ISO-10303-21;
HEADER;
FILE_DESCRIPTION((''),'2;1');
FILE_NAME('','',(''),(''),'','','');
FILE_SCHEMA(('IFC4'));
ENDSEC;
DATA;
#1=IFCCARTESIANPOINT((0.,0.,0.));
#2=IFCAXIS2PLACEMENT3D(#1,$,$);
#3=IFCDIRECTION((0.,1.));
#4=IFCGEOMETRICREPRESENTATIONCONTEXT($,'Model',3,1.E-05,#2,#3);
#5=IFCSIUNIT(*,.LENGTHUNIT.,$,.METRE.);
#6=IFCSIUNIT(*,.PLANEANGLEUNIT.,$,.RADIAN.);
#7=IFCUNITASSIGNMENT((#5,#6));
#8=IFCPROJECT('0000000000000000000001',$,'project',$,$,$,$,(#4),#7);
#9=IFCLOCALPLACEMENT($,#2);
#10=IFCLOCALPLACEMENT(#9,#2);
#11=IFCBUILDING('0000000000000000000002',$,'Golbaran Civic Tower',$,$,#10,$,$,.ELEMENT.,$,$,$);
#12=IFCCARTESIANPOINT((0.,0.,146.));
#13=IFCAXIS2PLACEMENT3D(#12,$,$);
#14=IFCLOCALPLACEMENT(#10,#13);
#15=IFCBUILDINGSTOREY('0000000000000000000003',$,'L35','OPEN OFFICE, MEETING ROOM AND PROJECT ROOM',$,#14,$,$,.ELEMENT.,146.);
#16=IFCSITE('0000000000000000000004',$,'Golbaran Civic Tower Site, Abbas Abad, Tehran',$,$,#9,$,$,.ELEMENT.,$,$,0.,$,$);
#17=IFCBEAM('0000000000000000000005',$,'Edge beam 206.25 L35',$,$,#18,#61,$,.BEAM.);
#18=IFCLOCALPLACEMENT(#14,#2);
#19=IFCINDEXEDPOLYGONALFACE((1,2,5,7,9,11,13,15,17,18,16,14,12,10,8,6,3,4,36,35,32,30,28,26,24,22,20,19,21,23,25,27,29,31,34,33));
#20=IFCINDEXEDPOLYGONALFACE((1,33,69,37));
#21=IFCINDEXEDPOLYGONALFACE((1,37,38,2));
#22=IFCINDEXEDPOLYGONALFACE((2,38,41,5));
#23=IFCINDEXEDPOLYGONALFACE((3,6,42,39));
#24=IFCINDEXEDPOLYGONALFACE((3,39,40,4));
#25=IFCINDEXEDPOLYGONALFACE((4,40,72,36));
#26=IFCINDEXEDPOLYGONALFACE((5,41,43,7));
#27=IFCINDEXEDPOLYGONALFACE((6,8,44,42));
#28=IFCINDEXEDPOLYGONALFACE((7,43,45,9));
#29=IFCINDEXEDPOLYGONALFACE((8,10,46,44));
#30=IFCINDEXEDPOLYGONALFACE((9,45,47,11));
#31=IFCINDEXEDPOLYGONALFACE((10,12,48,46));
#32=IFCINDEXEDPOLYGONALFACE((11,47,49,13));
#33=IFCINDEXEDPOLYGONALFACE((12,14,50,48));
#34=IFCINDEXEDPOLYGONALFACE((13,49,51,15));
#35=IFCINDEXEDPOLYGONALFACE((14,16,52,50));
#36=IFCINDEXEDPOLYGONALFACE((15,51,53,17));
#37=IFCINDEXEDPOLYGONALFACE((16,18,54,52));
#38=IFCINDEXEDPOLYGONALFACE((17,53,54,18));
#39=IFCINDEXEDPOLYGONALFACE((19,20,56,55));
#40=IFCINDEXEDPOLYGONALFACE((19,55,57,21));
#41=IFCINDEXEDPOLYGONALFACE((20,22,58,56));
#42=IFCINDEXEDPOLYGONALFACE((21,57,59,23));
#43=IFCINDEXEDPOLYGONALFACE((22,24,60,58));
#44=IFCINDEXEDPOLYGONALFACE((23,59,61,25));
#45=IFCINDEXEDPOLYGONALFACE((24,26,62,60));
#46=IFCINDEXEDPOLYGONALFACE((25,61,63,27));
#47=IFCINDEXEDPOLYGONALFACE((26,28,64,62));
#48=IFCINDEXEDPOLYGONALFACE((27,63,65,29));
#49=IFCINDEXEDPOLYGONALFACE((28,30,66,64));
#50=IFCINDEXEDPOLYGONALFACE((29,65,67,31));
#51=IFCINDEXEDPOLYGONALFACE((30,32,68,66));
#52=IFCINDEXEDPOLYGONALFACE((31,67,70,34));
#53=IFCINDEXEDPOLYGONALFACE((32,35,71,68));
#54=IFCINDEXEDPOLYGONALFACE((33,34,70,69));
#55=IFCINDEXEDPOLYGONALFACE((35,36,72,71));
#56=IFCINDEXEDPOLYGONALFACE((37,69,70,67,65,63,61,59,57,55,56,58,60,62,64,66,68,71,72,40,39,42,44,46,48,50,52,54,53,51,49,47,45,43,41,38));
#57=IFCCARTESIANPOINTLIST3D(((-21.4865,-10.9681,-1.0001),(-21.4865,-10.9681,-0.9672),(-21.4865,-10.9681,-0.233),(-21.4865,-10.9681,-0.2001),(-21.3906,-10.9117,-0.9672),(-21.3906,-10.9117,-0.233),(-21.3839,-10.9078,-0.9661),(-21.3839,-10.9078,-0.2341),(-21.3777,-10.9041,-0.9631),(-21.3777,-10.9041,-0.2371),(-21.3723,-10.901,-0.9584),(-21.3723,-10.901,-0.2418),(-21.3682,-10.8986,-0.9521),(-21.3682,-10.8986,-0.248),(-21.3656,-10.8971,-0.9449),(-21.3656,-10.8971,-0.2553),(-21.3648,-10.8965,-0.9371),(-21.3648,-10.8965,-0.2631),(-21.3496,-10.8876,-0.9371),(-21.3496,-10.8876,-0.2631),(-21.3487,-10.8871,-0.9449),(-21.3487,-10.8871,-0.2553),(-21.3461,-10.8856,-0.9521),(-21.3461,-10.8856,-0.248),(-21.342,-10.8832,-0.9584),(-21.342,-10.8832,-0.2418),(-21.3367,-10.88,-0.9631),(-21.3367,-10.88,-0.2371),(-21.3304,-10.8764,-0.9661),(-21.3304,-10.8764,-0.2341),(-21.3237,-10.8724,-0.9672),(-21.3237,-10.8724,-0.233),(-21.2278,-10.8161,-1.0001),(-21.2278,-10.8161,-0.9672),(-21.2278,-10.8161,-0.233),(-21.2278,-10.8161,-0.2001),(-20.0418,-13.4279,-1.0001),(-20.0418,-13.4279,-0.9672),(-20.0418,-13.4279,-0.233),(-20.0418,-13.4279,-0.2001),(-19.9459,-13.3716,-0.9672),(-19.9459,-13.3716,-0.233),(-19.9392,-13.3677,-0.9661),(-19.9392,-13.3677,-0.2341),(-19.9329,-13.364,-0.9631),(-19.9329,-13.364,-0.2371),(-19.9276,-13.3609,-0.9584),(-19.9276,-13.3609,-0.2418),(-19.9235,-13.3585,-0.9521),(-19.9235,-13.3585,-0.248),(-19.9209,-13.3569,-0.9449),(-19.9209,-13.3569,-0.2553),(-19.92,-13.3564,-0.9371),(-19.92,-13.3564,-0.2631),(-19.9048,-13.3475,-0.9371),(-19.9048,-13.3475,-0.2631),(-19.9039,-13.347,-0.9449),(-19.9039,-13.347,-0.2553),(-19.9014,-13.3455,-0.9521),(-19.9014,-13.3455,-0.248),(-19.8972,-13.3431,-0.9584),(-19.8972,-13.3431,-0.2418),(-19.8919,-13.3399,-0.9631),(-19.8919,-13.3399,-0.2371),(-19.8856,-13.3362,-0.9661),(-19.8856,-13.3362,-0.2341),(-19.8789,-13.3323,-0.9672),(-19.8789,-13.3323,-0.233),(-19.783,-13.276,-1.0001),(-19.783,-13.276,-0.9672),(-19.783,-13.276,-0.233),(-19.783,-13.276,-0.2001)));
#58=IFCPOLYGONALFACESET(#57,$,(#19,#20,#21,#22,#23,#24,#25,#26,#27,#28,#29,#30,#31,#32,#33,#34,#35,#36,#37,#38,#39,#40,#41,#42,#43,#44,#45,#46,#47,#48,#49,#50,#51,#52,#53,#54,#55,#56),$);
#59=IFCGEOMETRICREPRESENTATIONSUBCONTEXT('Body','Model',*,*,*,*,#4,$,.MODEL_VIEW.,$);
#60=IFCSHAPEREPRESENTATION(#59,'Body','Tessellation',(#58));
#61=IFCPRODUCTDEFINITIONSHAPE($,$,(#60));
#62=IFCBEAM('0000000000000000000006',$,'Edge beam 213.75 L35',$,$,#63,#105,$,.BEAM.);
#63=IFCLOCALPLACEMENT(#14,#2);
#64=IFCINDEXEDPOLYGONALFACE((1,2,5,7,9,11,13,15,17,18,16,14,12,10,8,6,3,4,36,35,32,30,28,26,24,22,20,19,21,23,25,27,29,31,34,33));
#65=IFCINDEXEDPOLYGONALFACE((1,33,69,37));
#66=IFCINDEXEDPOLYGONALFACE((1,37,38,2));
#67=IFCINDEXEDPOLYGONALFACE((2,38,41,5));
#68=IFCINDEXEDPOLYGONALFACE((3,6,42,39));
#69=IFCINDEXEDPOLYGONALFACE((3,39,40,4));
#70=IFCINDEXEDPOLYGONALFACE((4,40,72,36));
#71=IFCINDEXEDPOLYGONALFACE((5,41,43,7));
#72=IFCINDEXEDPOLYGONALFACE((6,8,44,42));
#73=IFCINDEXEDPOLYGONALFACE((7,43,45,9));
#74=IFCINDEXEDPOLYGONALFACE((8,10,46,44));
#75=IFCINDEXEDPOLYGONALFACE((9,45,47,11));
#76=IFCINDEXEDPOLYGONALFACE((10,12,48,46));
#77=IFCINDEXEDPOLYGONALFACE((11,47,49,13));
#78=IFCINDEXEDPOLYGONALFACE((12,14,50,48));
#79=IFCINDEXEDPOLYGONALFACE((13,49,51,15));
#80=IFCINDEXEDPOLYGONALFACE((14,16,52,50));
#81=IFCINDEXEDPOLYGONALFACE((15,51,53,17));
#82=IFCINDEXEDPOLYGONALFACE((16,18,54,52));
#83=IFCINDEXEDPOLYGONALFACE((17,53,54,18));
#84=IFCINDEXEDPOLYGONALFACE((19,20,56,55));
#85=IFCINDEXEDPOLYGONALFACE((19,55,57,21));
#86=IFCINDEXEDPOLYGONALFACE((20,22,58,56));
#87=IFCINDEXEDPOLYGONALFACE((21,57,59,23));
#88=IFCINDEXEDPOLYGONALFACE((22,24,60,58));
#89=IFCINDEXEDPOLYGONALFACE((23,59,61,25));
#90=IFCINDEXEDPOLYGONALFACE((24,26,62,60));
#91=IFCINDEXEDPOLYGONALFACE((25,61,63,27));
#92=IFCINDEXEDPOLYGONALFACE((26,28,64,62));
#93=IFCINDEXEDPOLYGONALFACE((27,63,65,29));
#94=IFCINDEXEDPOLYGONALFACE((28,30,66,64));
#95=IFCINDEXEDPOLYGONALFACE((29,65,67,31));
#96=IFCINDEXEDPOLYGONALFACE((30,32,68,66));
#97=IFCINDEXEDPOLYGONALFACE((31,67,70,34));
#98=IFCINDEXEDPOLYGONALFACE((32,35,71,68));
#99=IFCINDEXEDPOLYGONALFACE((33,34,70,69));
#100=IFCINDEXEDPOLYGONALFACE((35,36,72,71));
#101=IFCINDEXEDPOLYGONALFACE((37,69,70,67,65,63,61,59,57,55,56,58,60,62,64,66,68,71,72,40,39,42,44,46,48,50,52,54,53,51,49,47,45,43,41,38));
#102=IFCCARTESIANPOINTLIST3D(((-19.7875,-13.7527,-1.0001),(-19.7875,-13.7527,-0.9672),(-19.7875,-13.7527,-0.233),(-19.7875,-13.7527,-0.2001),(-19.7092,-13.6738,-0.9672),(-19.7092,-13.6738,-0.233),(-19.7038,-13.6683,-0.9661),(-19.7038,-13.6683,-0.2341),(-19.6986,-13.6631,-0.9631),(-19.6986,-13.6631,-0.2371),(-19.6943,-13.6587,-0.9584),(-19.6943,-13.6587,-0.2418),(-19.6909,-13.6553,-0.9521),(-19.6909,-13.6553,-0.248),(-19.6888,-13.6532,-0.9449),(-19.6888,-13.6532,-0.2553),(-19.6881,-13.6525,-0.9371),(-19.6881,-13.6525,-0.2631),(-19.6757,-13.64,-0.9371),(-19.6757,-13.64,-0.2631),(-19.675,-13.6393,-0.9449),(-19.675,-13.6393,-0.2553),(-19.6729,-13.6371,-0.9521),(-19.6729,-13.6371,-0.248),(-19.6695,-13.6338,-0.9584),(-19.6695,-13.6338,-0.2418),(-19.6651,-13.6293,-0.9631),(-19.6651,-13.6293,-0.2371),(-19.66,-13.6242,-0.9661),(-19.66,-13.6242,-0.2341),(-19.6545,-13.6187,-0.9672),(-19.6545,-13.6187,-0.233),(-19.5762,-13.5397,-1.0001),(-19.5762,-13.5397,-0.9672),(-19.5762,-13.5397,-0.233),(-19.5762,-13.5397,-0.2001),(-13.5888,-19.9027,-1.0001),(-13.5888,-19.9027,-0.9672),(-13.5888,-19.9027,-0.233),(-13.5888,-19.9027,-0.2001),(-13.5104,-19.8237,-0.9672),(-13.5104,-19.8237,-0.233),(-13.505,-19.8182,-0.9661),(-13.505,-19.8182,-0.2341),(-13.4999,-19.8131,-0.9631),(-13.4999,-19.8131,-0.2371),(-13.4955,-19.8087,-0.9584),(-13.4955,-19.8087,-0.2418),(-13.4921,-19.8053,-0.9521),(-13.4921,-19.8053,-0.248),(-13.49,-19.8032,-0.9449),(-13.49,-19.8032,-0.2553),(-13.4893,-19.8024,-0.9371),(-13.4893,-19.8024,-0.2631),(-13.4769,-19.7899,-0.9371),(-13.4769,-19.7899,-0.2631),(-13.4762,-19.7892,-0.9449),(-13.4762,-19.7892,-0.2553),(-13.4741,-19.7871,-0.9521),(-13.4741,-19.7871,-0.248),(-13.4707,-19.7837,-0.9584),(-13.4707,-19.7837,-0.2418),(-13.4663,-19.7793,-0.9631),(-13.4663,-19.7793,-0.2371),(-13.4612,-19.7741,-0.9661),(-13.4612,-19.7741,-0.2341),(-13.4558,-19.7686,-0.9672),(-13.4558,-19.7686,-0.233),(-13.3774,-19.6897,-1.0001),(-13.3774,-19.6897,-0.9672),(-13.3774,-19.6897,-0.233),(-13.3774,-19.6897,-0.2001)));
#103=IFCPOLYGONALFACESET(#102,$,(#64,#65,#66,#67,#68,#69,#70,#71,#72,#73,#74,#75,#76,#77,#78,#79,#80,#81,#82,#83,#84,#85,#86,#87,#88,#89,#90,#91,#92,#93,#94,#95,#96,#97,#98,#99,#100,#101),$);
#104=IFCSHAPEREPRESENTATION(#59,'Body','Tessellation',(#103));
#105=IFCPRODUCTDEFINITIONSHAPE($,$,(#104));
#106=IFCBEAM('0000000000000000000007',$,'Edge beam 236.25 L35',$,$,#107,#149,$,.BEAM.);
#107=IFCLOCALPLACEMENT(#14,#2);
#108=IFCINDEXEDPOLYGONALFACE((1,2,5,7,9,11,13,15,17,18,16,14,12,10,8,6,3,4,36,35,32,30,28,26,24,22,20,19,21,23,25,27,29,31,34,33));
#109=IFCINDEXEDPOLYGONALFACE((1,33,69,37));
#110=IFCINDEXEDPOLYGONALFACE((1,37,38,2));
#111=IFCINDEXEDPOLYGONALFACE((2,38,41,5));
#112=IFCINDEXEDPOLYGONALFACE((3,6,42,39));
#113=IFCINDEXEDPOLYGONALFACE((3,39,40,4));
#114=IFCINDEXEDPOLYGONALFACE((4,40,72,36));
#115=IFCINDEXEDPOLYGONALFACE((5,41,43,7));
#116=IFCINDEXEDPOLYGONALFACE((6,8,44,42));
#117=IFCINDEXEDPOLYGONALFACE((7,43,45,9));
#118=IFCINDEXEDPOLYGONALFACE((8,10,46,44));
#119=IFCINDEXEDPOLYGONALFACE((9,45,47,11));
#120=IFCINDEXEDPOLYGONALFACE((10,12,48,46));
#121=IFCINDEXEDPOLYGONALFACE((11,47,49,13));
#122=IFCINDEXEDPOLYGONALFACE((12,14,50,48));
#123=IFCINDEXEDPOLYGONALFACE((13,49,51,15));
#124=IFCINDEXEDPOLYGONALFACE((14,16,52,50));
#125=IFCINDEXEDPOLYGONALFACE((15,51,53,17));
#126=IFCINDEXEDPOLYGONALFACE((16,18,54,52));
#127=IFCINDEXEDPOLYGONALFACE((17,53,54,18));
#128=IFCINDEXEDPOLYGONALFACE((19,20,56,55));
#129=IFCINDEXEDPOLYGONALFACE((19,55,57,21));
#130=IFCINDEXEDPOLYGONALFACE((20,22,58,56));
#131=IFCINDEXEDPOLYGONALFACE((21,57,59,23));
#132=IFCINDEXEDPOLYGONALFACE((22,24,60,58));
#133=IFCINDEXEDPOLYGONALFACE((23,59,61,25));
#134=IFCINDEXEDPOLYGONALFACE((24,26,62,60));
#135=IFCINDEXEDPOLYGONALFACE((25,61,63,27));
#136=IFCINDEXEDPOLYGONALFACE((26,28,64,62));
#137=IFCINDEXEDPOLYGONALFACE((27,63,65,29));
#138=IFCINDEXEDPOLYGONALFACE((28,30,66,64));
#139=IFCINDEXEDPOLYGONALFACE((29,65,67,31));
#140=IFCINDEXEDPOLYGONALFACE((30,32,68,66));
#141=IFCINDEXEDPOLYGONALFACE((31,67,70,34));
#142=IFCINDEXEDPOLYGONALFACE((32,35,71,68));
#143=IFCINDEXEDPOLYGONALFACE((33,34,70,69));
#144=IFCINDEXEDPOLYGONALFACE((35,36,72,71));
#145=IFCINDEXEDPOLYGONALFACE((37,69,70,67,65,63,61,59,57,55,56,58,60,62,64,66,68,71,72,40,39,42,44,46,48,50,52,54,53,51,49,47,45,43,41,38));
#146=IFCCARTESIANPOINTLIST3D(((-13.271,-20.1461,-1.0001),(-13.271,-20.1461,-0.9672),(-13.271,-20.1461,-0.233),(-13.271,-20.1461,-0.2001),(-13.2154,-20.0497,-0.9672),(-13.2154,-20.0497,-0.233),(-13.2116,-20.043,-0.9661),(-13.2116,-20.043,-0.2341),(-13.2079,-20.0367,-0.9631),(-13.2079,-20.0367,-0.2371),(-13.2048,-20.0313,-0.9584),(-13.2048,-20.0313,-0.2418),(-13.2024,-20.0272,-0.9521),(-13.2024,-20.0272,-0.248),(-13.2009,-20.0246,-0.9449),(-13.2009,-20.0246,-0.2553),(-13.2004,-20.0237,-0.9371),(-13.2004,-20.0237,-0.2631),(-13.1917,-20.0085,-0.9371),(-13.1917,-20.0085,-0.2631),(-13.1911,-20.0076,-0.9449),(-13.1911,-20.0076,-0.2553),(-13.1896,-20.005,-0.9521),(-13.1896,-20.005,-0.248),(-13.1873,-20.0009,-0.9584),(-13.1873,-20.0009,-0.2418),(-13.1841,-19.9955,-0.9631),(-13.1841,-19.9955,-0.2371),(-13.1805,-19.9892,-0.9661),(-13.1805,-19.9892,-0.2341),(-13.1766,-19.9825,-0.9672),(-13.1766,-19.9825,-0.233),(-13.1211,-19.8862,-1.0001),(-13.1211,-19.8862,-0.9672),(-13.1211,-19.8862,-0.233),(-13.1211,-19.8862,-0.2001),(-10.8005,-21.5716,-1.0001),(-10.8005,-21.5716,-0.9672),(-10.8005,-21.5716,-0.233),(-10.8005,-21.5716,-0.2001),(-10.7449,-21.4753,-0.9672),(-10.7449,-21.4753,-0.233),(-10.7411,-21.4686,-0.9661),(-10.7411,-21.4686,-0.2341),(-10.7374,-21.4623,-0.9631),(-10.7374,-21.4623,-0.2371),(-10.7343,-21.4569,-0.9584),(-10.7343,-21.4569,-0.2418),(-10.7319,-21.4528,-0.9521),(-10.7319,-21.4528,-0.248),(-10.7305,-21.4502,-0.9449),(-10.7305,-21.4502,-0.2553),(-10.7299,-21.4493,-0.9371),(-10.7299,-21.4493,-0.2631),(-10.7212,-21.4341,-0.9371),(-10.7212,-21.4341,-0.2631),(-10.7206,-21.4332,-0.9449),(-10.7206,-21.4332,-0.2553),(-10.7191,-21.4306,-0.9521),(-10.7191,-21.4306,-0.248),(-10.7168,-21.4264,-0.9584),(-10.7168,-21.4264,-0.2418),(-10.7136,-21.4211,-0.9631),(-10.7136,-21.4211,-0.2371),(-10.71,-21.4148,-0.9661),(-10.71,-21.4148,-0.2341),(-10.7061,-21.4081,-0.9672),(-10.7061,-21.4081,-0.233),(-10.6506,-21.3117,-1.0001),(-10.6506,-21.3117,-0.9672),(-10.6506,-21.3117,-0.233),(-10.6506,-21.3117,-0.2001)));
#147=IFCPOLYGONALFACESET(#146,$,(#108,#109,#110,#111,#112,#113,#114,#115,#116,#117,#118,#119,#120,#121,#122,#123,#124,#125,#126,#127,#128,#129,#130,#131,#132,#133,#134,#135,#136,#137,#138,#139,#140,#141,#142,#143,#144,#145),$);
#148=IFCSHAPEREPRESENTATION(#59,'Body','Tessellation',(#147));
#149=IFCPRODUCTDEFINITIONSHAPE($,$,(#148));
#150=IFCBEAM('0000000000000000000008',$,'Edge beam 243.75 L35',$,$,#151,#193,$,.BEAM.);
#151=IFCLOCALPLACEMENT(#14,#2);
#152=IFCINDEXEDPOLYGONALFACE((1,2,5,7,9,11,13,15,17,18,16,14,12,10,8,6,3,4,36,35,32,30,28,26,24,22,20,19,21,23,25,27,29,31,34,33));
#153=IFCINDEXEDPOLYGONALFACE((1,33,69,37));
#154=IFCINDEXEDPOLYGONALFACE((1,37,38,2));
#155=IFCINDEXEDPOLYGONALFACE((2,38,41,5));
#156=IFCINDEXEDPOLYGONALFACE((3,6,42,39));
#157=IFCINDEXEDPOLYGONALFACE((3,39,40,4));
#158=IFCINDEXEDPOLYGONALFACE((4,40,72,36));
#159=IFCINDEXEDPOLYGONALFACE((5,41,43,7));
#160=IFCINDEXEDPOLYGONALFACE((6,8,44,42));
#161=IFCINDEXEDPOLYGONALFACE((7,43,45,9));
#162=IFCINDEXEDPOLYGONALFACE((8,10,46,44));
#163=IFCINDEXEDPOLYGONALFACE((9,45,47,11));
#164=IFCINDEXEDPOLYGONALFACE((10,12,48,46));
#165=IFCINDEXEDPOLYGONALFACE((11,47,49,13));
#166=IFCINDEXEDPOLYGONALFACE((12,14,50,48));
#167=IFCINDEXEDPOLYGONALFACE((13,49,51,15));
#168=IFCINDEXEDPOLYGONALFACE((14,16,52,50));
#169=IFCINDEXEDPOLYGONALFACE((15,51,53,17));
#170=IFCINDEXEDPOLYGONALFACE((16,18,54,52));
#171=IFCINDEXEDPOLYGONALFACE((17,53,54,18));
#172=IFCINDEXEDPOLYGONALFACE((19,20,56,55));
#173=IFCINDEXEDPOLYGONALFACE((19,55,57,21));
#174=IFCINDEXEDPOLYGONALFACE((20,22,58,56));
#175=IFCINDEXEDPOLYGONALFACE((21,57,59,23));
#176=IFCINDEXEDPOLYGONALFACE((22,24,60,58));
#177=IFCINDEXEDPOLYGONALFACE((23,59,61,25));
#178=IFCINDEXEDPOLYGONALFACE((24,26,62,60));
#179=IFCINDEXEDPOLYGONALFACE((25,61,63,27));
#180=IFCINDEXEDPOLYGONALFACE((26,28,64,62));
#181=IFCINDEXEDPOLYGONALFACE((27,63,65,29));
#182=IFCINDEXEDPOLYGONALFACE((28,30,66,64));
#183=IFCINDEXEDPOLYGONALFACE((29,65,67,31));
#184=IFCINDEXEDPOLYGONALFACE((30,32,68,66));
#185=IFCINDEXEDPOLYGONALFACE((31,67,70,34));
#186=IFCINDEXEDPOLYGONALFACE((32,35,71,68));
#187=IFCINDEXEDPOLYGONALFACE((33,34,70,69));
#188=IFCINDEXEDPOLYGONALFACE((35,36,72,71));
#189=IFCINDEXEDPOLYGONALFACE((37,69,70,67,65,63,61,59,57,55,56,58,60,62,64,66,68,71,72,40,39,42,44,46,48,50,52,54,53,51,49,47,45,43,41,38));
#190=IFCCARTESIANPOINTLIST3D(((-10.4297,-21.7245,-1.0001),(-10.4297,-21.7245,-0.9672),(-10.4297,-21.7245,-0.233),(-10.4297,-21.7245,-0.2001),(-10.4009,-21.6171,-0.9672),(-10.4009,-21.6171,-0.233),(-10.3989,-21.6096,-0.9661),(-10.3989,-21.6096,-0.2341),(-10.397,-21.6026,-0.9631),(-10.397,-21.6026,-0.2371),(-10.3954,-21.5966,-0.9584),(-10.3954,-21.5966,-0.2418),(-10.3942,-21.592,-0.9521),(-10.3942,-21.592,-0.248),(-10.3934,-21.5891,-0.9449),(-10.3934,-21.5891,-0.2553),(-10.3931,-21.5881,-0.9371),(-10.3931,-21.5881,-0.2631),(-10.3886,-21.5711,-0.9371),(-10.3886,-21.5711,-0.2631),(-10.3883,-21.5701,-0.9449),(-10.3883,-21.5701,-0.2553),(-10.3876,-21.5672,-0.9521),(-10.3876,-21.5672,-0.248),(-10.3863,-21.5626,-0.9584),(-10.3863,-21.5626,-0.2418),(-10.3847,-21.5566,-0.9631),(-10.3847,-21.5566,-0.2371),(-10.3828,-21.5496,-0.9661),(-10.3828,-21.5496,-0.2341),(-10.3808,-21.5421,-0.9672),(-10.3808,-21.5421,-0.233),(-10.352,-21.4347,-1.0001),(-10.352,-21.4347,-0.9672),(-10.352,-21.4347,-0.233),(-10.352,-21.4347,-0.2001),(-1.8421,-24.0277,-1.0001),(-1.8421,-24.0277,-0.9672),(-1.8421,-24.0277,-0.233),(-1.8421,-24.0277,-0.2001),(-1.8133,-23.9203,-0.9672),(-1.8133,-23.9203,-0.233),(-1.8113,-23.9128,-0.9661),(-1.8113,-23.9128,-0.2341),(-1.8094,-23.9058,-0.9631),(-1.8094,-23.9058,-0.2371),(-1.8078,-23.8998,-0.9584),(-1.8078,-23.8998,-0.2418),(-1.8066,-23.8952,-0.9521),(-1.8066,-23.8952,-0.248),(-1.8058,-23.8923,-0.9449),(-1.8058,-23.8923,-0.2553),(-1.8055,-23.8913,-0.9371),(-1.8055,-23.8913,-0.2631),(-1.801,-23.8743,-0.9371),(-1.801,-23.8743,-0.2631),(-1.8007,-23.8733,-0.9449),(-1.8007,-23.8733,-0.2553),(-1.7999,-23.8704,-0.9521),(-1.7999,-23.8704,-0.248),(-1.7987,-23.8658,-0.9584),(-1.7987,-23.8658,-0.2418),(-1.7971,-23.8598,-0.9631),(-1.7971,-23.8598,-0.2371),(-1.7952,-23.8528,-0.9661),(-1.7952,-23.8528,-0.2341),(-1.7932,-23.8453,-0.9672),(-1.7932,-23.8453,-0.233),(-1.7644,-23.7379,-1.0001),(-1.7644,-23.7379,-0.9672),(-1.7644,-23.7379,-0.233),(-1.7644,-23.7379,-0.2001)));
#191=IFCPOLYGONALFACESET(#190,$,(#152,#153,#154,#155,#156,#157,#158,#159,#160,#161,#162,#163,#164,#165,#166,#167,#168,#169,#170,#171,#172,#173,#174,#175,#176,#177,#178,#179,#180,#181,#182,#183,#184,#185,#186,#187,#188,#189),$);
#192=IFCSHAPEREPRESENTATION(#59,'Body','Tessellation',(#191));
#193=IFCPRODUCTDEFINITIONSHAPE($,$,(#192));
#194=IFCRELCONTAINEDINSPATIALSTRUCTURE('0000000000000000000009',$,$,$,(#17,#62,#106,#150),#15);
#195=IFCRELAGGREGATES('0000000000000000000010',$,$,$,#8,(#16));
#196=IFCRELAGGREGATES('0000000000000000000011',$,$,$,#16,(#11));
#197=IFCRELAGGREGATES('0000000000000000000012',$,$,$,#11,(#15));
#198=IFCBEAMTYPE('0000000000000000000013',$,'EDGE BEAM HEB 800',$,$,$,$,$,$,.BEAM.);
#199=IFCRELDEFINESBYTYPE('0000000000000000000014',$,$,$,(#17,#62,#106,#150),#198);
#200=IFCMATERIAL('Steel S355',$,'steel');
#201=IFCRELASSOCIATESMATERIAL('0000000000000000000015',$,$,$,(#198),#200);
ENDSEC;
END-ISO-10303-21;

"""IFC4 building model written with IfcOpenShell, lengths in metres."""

from ifc_helpers import new_model, si_unit, direction, frame, origin, origin_2d, place, context, subcontext, project, spatial, i_section, extrude, material, material_profile, profile_set, type_object, element, save


model = new_model("IFC4")

# Units and contexts
model_context = context("Model", 3, precision=1e-05, world=origin(), true_north=direction((0.0, 1.0)))
body_context = subcontext(model_context, "Body", "Model", "MODEL_VIEW")
ifc_project = project(units=[si_unit("LENGTHUNIT", "METRE"), si_unit("PLANEANGLEUNIT", "RADIAN")], contexts=[model_context])

# Site, building, storey
site_placement = place(None, origin())
site = spatial("IfcSite", under=ifc_project, at=site_placement, Name="Golbaran Civic Tower Site, Abbas Abad, Tehran", CompositionType="ELEMENT", RefElevation=0.0)
building_placement = place(site_placement, origin())
building = spatial("IfcBuilding", under=site, at=building_placement, Name="Golbaran Civic Tower", CompositionType="ELEMENT")
storey_placement = place(building_placement, frame((0.0, 0.0, 146.0)))
storey = spatial("IfcBuildingStorey", under=building, at=storey_placement, Name="L35", Description="OPEN OFFICE, MEETING ROOM AND PROJECT ROOM", CompositionType="ELEMENT", Elevation=146.0)

# Beams
ifc_material_1 = material(Name="Steel S355", Category="steel")
ifc_material_profile_1 = material_profile(ifc_material_1, i_section(OverallWidth=0.3, OverallDepth=0.8, WebThickness=0.0176, FlangeThickness=0.033, FilletRadius=0.03, at=origin_2d()), Name="HEB 800")
ifc_profile_set_1 = profile_set([ifc_material_profile_1], Name="Steel S355")
beam_type_1 = type_object("IfcBeamType", Name="EDGE BEAM HEB 800", PredefinedType="BEAM", material=ifc_profile_set_1)
beam_1_placement = place(storey_placement, frame((-21.3572, -10.8921, -0.6001), z_axis=(0.506444, -0.862273, 0.0), x_axis=(0.862273, 0.506444, 0.0)))
element("IfcBeam", 1, at=beam_1_placement, inside=storey, type_object=beam_type_1, Name="Edge beam 206.25 L35", PredefinedType="BEAM", context=body_context, shape_type="SweptSolid", body=[
    extrude(i_section(OverallWidth=0.3, OverallDepth=0.8, WebThickness=0.0176, FlangeThickness=0.033, FilletRadius=0.03, at=origin_2d()), origin(), (0.0, 0.0, 1.0), 2.8528),
])
beam_2_placement = place(storey_placement, frame((-19.6819, -13.6462, -0.6001), z_axis=(0.709897, -0.704305, 0.0), x_axis=(0.704305, 0.709897, 0.0)))
element("IfcBeam", 2, at=beam_2_placement, inside=storey, type_object=beam_type_1, Name="Edge beam 213.75 L35", PredefinedType="BEAM", context=body_context, shape_type="SweptSolid", body=[
    extrude(i_section(OverallWidth=0.3, OverallDepth=0.8, WebThickness=0.0176, FlangeThickness=0.033, FilletRadius=0.03, at=origin_2d()), origin(), (0.0, 0.0, 1.0), 8.7319),
])
beam_3_placement = place(storey_placement, frame((-13.196, -20.0161, -0.6001), z_axis=(0.866144, -0.499794, 0.0), x_axis=(0.499794, 0.866144, 0.0)))
element("IfcBeam", 3, at=beam_3_placement, inside=storey, type_object=beam_type_1, Name="Edge beam 236.25 L35", PredefinedType="BEAM", context=body_context, shape_type="SweptSolid", body=[
    extrude(i_section(OverallWidth=0.3, OverallDepth=0.8, WebThickness=0.0176, FlangeThickness=0.033, FilletRadius=0.03, at=origin_2d()), origin(), (0.0, 0.0, 1.0), 2.8523),
])
beam_4_placement = place(storey_placement, frame((-10.3909, -21.5796, -0.6001), z_axis=(0.965865, -0.259047, 0.0), x_axis=(0.259047, 0.965865, 0.0)))
element("IfcBeam", 4, at=beam_4_placement, inside=storey, type_object=beam_type_1, Name="Edge beam 243.75 L35", PredefinedType="BEAM", context=body_context, shape_type="SweptSolid", body=[
    extrude(i_section(OverallWidth=0.3, OverallDepth=0.8, WebThickness=0.0176, FlangeThickness=0.033, FilletRadius=0.03, at=origin_2d()), origin(), (0.0, 0.0, 1.0), 8.8911),
])

save(model, "model.ifc")
